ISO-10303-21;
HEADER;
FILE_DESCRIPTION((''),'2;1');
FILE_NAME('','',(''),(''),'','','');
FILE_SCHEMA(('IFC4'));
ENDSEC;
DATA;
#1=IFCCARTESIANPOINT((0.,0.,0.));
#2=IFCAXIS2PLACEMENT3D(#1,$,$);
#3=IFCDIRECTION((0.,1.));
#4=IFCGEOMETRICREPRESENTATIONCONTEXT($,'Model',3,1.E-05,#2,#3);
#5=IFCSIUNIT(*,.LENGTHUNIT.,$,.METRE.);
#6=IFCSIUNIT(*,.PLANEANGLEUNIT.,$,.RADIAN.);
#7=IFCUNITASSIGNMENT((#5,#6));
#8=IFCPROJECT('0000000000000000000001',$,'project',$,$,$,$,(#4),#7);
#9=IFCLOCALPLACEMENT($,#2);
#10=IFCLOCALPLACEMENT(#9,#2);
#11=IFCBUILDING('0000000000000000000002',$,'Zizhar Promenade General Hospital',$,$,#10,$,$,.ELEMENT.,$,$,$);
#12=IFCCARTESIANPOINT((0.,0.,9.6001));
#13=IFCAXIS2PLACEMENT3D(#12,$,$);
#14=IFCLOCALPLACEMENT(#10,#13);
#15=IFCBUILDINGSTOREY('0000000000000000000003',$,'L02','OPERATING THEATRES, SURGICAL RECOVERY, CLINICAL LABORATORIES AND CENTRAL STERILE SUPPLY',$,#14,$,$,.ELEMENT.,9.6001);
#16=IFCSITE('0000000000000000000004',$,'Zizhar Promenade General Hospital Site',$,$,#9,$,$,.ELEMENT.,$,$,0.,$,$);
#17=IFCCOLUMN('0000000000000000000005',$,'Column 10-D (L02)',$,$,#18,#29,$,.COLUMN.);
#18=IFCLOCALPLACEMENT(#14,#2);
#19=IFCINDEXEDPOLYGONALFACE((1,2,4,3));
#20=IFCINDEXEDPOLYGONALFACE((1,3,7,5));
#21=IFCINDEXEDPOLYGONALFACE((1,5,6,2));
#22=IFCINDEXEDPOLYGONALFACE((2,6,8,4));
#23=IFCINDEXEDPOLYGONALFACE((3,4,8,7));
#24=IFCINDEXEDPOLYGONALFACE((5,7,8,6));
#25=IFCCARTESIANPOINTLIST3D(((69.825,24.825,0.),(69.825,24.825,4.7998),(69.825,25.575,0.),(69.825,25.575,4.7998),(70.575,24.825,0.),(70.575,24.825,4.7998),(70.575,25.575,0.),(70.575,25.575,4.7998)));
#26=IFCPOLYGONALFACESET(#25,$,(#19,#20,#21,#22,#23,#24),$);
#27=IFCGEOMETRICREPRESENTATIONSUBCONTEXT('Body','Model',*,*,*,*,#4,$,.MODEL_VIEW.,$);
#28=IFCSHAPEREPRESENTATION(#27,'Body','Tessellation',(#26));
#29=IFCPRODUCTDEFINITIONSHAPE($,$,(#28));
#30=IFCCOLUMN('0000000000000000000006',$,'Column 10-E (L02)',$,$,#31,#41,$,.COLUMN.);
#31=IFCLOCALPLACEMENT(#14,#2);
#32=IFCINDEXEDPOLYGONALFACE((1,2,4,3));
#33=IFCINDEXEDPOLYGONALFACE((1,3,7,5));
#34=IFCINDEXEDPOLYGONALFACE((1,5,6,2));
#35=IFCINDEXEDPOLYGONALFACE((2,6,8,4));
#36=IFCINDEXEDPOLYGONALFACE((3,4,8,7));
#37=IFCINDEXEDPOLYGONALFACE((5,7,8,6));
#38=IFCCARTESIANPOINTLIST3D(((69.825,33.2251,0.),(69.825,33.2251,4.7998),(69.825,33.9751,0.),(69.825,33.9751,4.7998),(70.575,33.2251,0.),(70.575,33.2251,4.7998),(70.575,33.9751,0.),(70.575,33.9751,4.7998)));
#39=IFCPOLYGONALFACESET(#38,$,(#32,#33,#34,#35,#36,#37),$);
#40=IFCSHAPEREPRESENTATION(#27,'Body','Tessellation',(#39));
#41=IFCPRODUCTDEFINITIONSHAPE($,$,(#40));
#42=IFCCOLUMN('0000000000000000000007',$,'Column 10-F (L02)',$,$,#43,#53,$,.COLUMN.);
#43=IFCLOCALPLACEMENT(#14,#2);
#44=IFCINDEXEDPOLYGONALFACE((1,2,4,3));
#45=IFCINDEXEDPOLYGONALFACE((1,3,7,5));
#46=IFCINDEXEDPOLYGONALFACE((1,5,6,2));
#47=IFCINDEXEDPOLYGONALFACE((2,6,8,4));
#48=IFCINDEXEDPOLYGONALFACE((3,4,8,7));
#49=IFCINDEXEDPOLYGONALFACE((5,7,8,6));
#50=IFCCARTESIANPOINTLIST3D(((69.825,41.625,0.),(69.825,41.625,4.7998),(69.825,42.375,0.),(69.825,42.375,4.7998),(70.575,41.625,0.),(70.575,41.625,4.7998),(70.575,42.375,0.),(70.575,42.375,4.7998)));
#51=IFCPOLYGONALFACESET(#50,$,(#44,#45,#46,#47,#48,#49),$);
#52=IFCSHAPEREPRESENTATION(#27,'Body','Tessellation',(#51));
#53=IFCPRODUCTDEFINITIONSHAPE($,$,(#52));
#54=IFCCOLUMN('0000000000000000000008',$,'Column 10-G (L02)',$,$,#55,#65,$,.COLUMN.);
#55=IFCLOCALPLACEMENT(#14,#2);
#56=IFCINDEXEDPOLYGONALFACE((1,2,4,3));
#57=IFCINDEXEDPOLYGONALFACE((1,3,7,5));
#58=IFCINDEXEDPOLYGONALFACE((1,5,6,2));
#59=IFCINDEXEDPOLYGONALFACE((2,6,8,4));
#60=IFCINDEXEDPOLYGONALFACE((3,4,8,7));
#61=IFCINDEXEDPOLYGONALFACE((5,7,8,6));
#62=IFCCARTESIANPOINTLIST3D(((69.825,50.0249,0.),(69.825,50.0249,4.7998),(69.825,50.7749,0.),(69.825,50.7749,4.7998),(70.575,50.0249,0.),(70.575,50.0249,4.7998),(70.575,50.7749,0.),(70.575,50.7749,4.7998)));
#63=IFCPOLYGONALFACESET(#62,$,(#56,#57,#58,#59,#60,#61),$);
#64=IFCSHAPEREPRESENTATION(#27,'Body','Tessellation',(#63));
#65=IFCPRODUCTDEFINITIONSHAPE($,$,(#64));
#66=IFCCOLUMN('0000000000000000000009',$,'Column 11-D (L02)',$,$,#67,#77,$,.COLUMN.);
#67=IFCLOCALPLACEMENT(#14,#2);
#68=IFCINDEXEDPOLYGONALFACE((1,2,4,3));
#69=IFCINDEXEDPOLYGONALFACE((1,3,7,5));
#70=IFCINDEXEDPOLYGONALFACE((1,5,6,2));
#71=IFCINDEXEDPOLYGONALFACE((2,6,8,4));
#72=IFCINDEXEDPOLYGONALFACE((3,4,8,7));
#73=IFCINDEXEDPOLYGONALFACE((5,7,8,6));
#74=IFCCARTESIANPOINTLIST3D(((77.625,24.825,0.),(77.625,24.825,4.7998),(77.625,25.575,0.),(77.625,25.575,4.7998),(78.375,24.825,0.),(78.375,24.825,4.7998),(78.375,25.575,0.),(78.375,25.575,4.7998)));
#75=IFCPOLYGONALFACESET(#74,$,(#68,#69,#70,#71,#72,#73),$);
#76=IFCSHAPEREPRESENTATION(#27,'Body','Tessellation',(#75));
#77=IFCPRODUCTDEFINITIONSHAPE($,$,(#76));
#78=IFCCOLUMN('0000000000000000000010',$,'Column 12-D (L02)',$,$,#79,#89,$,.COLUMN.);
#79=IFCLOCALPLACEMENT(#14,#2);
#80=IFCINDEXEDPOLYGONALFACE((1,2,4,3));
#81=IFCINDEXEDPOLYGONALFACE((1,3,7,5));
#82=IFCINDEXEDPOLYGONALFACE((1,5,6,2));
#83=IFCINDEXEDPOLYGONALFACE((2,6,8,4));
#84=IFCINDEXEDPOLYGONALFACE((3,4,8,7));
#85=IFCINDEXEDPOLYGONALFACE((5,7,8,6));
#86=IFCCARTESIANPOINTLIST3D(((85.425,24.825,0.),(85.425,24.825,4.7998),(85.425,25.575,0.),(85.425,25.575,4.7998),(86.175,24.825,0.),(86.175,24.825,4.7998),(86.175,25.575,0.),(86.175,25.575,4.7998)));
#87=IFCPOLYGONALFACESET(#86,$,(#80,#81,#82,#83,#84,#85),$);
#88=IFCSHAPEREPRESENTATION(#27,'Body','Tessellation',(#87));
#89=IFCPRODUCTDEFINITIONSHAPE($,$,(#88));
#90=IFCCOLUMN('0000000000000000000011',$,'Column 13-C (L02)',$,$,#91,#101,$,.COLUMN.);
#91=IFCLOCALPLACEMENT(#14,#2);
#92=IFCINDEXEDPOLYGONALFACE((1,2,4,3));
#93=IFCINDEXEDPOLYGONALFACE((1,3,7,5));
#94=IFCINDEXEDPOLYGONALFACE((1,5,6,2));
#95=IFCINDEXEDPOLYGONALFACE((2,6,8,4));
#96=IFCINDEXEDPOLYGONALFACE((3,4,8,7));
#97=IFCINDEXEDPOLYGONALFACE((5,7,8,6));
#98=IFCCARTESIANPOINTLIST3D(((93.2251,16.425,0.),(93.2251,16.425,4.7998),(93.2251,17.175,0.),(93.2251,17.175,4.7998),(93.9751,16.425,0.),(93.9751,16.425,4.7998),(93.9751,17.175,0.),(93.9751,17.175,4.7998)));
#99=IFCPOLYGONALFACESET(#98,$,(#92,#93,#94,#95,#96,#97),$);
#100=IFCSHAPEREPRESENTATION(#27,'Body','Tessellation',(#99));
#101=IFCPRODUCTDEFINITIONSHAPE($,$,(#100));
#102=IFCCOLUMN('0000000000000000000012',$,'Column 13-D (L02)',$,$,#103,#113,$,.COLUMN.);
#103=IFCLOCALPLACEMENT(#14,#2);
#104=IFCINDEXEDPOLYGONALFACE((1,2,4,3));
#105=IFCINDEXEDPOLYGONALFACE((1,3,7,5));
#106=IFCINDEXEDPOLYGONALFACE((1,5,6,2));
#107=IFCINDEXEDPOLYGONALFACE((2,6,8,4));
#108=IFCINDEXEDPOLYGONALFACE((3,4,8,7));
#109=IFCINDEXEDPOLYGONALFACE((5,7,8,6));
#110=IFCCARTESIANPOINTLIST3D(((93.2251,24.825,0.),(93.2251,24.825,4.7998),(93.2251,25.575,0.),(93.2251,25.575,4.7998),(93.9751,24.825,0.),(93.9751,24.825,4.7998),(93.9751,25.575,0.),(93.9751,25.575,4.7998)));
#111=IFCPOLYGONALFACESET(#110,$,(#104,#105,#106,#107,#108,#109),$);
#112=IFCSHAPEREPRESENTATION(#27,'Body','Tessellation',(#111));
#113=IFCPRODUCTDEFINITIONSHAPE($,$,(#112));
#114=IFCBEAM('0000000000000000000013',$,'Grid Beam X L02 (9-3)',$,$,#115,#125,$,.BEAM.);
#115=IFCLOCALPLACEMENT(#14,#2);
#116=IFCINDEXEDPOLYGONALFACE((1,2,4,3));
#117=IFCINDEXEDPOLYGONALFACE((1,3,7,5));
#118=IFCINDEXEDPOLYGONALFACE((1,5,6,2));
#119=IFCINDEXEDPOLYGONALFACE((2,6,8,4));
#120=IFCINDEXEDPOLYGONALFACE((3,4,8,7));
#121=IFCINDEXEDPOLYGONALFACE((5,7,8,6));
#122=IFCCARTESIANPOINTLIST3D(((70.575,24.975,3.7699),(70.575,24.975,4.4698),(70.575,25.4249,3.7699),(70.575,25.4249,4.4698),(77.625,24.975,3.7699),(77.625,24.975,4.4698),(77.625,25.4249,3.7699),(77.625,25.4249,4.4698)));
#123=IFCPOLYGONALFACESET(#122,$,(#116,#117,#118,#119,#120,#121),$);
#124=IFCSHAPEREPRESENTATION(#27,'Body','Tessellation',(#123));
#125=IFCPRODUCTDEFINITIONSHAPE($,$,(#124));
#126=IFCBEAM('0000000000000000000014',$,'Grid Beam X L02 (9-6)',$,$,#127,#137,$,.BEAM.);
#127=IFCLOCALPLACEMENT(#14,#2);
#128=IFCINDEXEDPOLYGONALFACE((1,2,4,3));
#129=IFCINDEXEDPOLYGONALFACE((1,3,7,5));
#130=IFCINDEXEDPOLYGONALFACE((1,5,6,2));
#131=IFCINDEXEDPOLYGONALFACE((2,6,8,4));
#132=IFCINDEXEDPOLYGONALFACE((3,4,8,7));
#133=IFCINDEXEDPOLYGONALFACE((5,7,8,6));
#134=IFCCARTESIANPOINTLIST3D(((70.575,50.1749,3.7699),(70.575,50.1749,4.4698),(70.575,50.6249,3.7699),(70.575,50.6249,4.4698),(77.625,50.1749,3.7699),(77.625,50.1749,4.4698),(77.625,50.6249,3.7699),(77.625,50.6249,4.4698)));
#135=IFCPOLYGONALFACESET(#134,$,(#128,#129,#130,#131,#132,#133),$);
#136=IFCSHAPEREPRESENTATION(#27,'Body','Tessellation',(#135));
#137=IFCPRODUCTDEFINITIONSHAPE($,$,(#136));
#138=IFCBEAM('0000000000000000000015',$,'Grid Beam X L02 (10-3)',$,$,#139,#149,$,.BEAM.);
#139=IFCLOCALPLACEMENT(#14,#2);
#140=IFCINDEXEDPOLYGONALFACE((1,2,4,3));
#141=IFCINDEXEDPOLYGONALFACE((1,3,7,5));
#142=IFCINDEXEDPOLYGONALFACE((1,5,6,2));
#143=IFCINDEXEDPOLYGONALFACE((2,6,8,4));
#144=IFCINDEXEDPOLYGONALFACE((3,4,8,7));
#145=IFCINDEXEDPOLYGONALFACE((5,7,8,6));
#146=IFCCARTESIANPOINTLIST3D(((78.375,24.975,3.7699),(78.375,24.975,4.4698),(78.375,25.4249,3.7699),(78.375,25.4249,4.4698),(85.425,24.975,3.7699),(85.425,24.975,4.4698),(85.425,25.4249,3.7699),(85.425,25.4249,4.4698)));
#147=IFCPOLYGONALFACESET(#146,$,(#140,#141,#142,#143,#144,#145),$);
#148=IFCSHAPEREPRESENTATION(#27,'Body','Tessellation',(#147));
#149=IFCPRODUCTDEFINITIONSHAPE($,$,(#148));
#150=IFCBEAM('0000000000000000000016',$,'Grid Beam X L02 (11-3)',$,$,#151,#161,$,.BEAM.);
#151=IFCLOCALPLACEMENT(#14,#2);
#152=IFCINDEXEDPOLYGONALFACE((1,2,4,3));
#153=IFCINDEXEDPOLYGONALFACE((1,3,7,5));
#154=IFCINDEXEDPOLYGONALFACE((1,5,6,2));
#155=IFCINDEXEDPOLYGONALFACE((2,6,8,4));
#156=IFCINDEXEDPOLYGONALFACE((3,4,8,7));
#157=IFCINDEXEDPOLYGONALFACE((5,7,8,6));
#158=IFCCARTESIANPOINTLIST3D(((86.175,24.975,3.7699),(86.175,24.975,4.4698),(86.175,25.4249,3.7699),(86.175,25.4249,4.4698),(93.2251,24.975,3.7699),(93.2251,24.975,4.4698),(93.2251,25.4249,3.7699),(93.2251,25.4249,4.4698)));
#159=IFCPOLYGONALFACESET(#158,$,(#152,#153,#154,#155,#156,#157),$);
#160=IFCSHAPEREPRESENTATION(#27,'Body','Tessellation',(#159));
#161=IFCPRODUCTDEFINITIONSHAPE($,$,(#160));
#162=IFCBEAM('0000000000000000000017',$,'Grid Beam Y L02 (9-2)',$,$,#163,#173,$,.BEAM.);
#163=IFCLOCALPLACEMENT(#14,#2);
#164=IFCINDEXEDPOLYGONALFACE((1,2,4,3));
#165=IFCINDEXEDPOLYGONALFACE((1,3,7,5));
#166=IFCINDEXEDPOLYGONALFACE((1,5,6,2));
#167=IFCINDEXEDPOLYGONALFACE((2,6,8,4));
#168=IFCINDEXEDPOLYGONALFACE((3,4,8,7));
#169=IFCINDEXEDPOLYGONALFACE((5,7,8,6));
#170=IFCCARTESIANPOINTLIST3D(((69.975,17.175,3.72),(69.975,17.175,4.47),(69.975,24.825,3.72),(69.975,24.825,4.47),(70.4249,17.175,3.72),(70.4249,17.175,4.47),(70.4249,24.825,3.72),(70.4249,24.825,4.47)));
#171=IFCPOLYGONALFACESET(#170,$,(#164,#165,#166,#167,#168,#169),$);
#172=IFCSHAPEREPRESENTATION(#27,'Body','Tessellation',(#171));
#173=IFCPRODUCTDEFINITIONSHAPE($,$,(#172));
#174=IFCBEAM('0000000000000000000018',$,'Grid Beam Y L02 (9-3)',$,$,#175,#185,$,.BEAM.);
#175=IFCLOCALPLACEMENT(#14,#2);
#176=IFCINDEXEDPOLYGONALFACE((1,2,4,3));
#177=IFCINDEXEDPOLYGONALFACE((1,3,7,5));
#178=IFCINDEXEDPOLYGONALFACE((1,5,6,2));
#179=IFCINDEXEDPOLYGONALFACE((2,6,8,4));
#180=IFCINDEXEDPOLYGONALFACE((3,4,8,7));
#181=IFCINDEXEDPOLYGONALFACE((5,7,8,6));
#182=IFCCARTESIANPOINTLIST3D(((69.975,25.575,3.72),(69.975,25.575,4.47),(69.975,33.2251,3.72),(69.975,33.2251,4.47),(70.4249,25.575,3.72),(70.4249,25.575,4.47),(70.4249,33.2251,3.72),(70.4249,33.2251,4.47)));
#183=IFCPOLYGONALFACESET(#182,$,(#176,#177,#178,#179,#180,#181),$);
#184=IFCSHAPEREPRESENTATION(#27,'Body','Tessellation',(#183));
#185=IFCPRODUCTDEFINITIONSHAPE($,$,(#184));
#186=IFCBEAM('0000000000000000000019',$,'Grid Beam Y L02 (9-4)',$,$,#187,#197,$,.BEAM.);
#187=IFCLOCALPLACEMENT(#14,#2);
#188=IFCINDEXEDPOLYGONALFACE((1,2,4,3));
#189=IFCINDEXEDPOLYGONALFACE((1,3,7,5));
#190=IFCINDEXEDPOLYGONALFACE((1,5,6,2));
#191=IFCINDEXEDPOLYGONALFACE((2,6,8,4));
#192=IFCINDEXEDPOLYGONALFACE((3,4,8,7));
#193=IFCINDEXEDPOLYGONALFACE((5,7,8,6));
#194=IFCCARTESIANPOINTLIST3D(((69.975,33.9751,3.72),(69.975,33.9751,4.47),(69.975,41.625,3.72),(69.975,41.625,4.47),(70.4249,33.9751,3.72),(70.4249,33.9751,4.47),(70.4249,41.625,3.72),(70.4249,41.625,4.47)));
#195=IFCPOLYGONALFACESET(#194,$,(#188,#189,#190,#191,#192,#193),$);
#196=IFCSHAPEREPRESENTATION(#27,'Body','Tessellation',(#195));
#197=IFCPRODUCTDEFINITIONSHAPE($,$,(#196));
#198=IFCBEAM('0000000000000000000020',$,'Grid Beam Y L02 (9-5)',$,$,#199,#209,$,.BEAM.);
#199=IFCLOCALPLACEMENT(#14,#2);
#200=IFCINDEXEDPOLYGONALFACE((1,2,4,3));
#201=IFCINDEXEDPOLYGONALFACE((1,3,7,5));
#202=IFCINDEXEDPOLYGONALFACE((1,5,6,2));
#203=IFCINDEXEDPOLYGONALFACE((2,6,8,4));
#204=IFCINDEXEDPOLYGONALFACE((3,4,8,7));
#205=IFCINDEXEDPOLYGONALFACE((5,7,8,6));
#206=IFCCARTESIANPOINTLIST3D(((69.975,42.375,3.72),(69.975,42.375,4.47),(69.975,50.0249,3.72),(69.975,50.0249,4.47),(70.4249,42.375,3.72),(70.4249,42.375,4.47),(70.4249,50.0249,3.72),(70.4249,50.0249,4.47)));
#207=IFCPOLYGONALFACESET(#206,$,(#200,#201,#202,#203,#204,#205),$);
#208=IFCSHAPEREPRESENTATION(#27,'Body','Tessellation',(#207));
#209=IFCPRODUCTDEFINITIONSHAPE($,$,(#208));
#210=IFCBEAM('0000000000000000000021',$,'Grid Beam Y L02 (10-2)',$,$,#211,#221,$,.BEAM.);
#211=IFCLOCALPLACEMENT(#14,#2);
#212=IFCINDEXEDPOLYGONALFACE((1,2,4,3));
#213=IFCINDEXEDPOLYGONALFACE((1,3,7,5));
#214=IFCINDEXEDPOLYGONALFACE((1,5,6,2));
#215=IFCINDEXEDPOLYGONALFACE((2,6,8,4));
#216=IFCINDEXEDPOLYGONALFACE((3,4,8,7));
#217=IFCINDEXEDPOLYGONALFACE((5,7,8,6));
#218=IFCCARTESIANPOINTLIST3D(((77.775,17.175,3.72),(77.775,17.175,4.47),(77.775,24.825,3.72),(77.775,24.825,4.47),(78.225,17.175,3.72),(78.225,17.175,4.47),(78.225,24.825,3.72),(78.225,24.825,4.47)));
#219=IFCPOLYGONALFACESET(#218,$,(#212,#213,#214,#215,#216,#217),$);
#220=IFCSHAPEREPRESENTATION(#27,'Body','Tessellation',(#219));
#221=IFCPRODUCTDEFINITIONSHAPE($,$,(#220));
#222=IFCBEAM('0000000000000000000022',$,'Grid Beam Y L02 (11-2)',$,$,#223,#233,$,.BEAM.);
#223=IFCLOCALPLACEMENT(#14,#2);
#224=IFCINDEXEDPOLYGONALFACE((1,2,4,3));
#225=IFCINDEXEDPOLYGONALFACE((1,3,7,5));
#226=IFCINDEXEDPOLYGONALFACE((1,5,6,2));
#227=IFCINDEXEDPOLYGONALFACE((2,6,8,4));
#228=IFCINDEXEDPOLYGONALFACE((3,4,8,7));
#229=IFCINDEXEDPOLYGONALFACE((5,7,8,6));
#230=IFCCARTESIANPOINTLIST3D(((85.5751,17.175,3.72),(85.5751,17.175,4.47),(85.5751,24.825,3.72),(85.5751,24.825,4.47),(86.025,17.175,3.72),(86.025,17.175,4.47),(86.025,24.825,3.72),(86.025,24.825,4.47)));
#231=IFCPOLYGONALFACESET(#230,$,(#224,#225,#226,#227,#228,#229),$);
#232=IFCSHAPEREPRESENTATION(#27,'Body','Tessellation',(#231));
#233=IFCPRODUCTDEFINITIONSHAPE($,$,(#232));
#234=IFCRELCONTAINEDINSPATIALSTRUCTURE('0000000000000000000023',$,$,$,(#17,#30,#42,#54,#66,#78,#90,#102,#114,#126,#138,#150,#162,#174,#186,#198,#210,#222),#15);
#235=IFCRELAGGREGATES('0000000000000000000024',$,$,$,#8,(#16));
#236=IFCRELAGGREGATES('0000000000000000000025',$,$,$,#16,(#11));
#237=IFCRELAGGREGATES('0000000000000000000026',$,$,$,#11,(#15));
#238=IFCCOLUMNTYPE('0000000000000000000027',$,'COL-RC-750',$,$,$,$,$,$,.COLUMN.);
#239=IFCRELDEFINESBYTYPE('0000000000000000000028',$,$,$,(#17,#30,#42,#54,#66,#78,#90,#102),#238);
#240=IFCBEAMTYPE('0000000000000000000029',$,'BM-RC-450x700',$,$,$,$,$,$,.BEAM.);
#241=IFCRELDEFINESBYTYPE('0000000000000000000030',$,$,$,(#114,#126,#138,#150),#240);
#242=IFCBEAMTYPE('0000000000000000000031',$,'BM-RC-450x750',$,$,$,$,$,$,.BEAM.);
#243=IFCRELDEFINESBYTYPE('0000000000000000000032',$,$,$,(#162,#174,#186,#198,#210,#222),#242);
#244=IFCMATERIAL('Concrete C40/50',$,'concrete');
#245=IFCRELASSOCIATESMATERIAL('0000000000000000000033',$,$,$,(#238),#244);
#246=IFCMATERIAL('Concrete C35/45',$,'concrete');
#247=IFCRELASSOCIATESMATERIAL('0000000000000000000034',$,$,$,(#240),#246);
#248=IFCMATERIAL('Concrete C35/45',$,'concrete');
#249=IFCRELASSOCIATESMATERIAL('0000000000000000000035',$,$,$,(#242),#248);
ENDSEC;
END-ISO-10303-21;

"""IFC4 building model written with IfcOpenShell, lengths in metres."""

from ifc_helpers import new_model, si_unit, direction, frame, origin, origin_2d, place, context, subcontext, project, spatial, rectangle, extrude, material, material_profile, profile_set, type_object, element, save


model = new_model("IFC4")

# Units and contexts
model_context = context("Model", 3, precision=1e-05, world=origin(), true_north=direction((0.0, 1.0)))
body_context = subcontext(model_context, "Body", "Model", "MODEL_VIEW")
ifc_project = project(units=[si_unit("LENGTHUNIT", "METRE"), si_unit("PLANEANGLEUNIT", "RADIAN")], contexts=[model_context])

# Site, building, storey
site_placement = place(None, origin())
site = spatial("IfcSite", under=ifc_project, at=site_placement, Name="Zizhar Promenade General Hospital Site", CompositionType="ELEMENT", RefElevation=0.0)
building_placement = place(site_placement, origin())
building = spatial("IfcBuilding", under=site, at=building_placement, Name="Zizhar Promenade General Hospital", CompositionType="ELEMENT")
storey_placement = place(building_placement, frame((0.0, 0.0, 9.6001)))
storey = spatial("IfcBuildingStorey", under=building, at=storey_placement, Name="L02", Description="OPERATING THEATRES, SURGICAL RECOVERY, CLINICAL LABORATORIES AND CENTRAL STERILE SUPPLY", CompositionType="ELEMENT", Elevation=9.6001)

# Columns
ifc_material_1 = material(Name="Concrete C40/50", Category="concrete")
ifc_material_profile_1 = material_profile(ifc_material_1, rectangle(XDim=0.75, YDim=0.75, at=origin_2d()))
ifc_profile_set_1 = profile_set([ifc_material_profile_1], Name="Concrete C40/50")
column_type = type_object("IfcColumnType", Name="COL-RC-750", PredefinedType="COLUMN", material=ifc_profile_set_1)
for number, where, z_axis, x_axis, name in (
    (1, (70.2, 25.2, 0.0), (0.0, 0.0, 1.0), (1.0, 0.0, 0.0), "Column 10-D (L02)"),
    (2, (70.2, 33.6001, 0.0), (0.0, 0.0, 1.0), (1.0, 0.0, 0.0), "Column 10-E (L02)"),
    (3, (70.2, 42.0, 0.0), (0.0, 0.0, 1.0), (1.0, 0.0, 0.0), "Column 10-F (L02)"),
    (4, (70.2, 50.3999, 0.0), (0.0, 0.0, 1.0), (1.0, 0.0, 0.0), "Column 10-G (L02)"),
    (5, (78.0, 25.2, 0.0), (0.0, 0.0, 1.0), (1.0, 0.0, 0.0), "Column 11-D (L02)"),
    (6, (85.8, 25.2, 0.0), (0.0, 0.0, 1.0), (1.0, 0.0, 0.0), "Column 12-D (L02)"),
    (7, (93.6001, 16.8, 0.0), (0.0, 0.0, 1.0), (1.0, 0.0, 0.0), "Column 13-C (L02)"),
    (8, (93.6001, 25.2, 0.0), (0.0, 0.0, 1.0), (1.0, 0.0, 0.0), "Column 13-D (L02)"),
):
    element("IfcColumn", number, at=place(storey_placement, frame(where, z_axis=z_axis, x_axis=x_axis)), inside=storey, type_object=column_type, Name=name, PredefinedType="COLUMN", context=body_context, shape_type="SweptSolid", body=[
        extrude(rectangle(XDim=0.75, YDim=0.75, at=origin_2d()), origin(), (0.0, 0.0, 1.0), 4.7998),
    ])

# Beams
ifc_material_2 = material(Name="Concrete C35/45", Category="concrete")
ifc_material_profile_2 = material_profile(ifc_material_2, rectangle(XDim=0.45, YDim=0.7, at=origin_2d()))
ifc_profile_set_2 = profile_set([ifc_material_profile_2], Name="Concrete C35/45")
beam_type_1 = type_object("IfcBeamType", Name="BM-RC-450x700", PredefinedType="BEAM", material=ifc_profile_set_2)
for number, where, z_axis, x_axis, name in (
    (9, (70.575, 25.2, 4.1199), (1.0, 0.0, 0.0), (0.0, 1.0, 0.0), "Grid Beam X L02 (9-3)"),
    (10, (70.575, 50.3999, 4.1199), (1.0, 0.0, 0.0), (0.0, 1.0, 0.0), "Grid Beam X L02 (9-6)"),
    (11, (78.375, 25.2, 4.1199), (1.0, 0.0, 0.0), (0.0, 1.0, 0.0), "Grid Beam X L02 (10-3)"),
    (12, (86.175, 25.2, 4.1199), (1.0, 0.0, 0.0), (0.0, 1.0, 0.0), "Grid Beam X L02 (11-3)"),
):
    element("IfcBeam", number, at=place(storey_placement, frame(where, z_axis=z_axis, x_axis=x_axis)), inside=storey, type_object=beam_type_1, Name=name, PredefinedType="BEAM", context=body_context, shape_type="SweptSolid", body=[
        extrude(rectangle(XDim=0.45, YDim=0.7, at=origin_2d()), origin(), (0.0, 0.0, 1.0), 7.05),
    ])
ifc_material_3 = material(Name="Concrete C35/45", Category="concrete")
ifc_material_profile_3 = material_profile(ifc_material_3, rectangle(XDim=0.45, YDim=0.75, at=origin_2d()))
ifc_profile_set_3 = profile_set([ifc_material_profile_3], Name="Concrete C35/45")
beam_type_2 = type_object("IfcBeamType", Name="BM-RC-450x750", PredefinedType="BEAM", material=ifc_profile_set_3)
beam_1_placement = place(storey_placement, frame((70.2, 17.175, 4.095), z_axis=(0.0, 1.0, 0.0), x_axis=(-1.0, 0.0, 0.0)))
element("IfcBeam", 13, at=beam_1_placement, inside=storey, type_object=beam_type_2, Name="Grid Beam Y L02 (9-2)", PredefinedType="BEAM", context=body_context, shape_type="SweptSolid", body=[
    extrude(rectangle(XDim=0.45, YDim=0.75, at=origin_2d()), origin(), (0.0, 0.0, 1.0), 7.6499),
])
beam_2_placement = place(storey_placement, frame((70.2, 25.575, 4.095), z_axis=(0.0, 1.0, 0.0), x_axis=(-1.0, 0.0, 0.0)))
element("IfcBeam", 14, at=beam_2_placement, inside=storey, type_object=beam_type_2, Name="Grid Beam Y L02 (9-3)", PredefinedType="BEAM", context=body_context, shape_type="SweptSolid", body=[
    extrude(rectangle(XDim=0.45, YDim=0.75, at=origin_2d()), origin(), (0.0, 0.0, 1.0), 7.6501),
])
for number, where, z_axis, x_axis, name in (
    (15, (70.2, 33.9751, 4.095), (0.0, 1.0, 0.0), (-1.0, 0.0, 0.0), "Grid Beam Y L02 (9-4)"),
    (16, (70.2, 42.375, 4.095), (0.0, 1.0, 0.0), (-1.0, 0.0, 0.0), "Grid Beam Y L02 (9-5)"),
    (17, (78.0, 17.175, 4.095), (0.0, 1.0, 0.0), (-1.0, 0.0, 0.0), "Grid Beam Y L02 (10-2)"),
    (18, (85.8, 17.175, 4.095), (0.0, 1.0, 0.0), (-1.0, 0.0, 0.0), "Grid Beam Y L02 (11-2)"),
):
    element("IfcBeam", number, at=place(storey_placement, frame(where, z_axis=z_axis, x_axis=x_axis)), inside=storey, type_object=beam_type_2, Name=name, PredefinedType="BEAM", context=body_context, shape_type="SweptSolid", body=[
        extrude(rectangle(XDim=0.45, YDim=0.75, at=origin_2d()), origin(), (0.0, 0.0, 1.0), 7.6499),
    ])

save(model, "model.ifc")
